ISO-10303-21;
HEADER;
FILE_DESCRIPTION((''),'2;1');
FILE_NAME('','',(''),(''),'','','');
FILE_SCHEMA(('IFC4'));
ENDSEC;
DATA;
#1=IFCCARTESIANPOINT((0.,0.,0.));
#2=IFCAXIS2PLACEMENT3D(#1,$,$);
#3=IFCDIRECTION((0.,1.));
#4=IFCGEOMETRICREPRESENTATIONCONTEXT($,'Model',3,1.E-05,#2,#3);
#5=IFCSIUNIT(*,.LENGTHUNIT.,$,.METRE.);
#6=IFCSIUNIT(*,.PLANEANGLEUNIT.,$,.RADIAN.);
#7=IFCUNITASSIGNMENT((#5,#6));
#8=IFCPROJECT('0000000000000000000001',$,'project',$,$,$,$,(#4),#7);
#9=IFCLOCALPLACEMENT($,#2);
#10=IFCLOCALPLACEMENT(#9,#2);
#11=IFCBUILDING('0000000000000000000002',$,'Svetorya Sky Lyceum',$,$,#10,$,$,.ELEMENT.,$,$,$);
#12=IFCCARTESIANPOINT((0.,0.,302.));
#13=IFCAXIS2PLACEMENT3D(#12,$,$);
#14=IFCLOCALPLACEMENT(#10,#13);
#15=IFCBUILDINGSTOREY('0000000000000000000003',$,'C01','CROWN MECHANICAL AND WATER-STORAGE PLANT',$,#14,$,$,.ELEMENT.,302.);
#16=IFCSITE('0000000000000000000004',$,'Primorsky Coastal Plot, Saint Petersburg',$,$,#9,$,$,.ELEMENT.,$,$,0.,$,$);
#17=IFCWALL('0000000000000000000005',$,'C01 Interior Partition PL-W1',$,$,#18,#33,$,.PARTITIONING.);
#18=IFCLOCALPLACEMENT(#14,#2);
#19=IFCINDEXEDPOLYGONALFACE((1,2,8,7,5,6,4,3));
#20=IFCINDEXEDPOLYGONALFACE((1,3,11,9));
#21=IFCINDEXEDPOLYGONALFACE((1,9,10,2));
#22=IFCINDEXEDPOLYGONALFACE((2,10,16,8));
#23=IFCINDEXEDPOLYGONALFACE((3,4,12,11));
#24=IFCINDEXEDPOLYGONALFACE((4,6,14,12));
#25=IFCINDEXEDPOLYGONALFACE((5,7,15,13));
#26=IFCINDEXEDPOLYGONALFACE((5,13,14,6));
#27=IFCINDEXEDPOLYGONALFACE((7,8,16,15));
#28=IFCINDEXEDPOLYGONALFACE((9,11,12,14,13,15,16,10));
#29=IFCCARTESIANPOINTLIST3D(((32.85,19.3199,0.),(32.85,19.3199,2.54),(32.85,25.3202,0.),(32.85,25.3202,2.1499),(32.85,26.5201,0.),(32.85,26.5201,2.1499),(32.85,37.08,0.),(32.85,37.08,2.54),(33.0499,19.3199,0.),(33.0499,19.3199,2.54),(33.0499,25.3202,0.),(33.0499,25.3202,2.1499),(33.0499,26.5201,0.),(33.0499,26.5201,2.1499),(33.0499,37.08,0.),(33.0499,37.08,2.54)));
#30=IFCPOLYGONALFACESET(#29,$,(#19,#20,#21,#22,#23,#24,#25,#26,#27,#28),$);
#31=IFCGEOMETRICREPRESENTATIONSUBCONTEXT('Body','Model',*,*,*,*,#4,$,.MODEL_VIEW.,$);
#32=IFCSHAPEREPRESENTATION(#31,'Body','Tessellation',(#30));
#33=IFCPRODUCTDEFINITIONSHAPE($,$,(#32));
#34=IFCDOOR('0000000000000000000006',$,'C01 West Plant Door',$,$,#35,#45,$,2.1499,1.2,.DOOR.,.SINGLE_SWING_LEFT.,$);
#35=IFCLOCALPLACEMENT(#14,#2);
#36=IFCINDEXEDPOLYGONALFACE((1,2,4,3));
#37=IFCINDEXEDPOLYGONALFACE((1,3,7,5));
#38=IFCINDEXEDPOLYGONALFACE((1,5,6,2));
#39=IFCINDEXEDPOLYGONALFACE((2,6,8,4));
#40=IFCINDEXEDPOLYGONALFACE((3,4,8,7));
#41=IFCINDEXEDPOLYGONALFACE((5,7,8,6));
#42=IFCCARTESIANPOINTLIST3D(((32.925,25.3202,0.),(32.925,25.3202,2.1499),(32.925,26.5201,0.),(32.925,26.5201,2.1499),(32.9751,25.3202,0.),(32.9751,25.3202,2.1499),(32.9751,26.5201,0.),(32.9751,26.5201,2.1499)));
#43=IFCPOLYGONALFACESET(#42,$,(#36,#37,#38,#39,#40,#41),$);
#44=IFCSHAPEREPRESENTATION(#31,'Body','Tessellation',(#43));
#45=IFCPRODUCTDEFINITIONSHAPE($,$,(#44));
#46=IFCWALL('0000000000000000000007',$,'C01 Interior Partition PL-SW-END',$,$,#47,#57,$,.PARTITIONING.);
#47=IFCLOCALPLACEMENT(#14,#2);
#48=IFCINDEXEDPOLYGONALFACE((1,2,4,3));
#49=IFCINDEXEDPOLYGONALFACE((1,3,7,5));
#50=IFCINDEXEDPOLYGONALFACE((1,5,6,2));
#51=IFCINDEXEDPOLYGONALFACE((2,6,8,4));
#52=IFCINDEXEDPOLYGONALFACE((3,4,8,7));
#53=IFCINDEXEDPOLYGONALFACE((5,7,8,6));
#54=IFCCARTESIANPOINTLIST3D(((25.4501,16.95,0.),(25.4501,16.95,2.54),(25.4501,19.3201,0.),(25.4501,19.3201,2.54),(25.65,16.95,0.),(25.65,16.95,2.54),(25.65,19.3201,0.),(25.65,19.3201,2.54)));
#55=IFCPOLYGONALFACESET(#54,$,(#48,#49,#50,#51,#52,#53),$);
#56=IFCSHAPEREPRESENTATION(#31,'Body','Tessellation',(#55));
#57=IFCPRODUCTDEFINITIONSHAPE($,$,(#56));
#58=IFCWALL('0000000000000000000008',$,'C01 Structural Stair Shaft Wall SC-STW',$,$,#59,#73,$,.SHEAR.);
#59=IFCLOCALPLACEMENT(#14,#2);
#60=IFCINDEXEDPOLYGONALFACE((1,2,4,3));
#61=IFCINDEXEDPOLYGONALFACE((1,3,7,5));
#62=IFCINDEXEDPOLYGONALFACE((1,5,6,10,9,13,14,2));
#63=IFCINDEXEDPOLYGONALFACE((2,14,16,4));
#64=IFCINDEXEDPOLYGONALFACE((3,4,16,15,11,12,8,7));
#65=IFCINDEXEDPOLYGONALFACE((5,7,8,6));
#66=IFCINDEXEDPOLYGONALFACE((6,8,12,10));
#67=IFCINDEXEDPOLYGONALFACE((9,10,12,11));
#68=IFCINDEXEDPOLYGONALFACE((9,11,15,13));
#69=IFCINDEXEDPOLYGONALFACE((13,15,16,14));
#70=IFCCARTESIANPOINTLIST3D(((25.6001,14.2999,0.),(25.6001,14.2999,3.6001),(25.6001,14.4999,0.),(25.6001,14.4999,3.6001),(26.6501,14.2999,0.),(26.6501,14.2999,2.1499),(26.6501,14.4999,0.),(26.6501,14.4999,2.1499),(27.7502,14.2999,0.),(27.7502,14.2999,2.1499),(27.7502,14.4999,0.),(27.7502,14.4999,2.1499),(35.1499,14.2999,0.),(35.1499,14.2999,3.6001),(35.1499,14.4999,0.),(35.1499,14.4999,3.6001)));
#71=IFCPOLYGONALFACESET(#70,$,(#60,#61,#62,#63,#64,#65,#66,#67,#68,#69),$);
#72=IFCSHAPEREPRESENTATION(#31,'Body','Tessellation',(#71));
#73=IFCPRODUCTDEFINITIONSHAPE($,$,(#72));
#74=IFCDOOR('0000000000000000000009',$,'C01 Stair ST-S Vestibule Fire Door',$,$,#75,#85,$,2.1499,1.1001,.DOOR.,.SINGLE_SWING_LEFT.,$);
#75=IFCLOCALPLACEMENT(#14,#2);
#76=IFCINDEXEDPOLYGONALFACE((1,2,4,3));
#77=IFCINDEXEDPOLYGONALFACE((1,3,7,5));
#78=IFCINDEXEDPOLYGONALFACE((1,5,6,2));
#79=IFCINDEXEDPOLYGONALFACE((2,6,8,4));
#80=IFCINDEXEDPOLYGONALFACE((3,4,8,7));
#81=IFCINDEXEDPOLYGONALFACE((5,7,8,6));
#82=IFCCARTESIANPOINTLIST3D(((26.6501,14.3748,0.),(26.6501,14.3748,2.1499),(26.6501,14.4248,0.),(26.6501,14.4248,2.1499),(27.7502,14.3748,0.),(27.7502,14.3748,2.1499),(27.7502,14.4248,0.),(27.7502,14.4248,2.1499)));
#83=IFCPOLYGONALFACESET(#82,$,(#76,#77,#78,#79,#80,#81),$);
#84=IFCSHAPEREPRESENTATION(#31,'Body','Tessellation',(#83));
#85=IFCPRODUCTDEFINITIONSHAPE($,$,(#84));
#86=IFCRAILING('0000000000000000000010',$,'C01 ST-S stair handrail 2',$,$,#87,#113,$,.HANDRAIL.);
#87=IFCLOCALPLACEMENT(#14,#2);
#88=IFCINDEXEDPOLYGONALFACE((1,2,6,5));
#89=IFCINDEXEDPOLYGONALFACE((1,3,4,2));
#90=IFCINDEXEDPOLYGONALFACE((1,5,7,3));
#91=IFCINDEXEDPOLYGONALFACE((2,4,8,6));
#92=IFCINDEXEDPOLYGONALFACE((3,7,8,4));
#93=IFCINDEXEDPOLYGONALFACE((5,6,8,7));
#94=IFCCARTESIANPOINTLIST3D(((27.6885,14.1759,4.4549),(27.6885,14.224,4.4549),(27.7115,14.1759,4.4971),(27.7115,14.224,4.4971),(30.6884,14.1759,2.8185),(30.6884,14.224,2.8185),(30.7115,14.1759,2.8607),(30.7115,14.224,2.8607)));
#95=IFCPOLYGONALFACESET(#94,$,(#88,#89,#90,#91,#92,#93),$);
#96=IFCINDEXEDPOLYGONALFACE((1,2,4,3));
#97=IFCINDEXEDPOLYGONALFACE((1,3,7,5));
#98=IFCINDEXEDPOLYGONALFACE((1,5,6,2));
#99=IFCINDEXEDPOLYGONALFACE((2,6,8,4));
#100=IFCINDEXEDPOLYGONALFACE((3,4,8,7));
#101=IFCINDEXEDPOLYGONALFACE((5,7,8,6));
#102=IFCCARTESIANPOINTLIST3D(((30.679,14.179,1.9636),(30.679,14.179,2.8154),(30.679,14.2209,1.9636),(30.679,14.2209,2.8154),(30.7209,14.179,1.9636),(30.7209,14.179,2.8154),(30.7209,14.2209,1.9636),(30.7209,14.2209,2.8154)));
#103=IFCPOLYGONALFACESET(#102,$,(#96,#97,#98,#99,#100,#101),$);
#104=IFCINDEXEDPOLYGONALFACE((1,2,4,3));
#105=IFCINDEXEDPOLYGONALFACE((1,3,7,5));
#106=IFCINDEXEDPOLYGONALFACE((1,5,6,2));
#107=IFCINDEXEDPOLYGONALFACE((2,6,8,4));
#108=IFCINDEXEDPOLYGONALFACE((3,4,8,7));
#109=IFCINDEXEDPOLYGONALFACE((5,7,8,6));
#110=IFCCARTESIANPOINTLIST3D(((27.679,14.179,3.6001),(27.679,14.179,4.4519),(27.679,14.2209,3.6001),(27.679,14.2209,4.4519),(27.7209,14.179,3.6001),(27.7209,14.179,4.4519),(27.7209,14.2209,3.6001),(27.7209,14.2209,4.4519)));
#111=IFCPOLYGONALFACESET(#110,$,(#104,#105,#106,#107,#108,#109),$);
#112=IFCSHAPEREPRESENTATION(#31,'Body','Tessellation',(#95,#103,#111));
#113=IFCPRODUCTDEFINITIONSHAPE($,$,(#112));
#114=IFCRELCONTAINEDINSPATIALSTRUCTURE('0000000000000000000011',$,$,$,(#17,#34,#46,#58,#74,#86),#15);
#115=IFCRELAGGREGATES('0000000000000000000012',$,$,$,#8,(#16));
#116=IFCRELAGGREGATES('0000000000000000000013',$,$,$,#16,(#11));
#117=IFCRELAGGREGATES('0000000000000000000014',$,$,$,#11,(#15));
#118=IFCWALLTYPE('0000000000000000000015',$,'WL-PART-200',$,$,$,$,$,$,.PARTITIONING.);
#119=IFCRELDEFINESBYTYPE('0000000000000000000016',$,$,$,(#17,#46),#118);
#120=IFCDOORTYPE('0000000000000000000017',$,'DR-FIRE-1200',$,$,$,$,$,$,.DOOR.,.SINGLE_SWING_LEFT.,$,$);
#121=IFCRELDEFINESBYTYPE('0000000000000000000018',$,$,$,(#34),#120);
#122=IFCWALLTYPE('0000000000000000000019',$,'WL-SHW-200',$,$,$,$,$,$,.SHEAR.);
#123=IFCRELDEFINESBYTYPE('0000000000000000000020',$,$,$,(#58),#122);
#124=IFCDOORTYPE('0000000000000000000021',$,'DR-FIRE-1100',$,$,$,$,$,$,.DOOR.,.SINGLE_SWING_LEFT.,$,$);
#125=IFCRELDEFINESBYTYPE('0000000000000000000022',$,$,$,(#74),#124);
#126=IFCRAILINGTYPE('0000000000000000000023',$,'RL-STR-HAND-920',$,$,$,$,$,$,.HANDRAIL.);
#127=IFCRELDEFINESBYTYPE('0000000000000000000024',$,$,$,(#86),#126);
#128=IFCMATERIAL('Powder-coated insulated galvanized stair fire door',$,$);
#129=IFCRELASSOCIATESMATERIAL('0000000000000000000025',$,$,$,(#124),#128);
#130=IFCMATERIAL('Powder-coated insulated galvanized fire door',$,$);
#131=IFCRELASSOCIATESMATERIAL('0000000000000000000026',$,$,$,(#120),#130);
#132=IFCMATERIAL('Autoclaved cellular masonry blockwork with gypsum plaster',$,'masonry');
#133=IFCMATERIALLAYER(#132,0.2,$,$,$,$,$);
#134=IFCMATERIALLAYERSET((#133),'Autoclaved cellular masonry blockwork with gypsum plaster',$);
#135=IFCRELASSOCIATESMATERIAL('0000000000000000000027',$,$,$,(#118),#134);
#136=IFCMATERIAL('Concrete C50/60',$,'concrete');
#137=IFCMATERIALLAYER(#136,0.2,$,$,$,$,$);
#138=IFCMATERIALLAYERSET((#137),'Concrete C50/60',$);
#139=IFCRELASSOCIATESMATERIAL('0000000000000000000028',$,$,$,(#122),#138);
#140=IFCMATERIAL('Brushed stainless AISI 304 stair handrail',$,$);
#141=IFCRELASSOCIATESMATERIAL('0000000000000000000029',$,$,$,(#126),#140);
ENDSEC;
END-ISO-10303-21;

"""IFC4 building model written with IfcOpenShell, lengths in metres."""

from ifc_helpers import new_model, si_unit, direction, frame, frame_2d, origin, origin_2d, place, context, subcontext, project, spatial, rectangle, extrude, material, layer, layer_set, type_object, element, fill, save


model = new_model("IFC4")

# Units and contexts
model_context = context("Model", 3, precision=1e-05, world=origin(), true_north=direction((0.0, 1.0)))
body_context = subcontext(model_context, "Body", "Model", "MODEL_VIEW")
ifc_project = project(units=[si_unit("LENGTHUNIT", "METRE"), si_unit("PLANEANGLEUNIT", "RADIAN")], contexts=[model_context])

# Site, building, storey
site_placement = place(None, origin())
site = spatial("IfcSite", under=ifc_project, at=site_placement, Name="Primorsky Coastal Plot, Saint Petersburg", CompositionType="ELEMENT", RefElevation=0.0)
building_placement = place(site_placement, origin())
building = spatial("IfcBuilding", under=site, at=building_placement, Name="Svetorya Sky Lyceum", CompositionType="ELEMENT")
storey_placement = place(building_placement, frame((0.0, 0.0, 302.0)))
storey = spatial("IfcBuildingStorey", under=building, at=storey_placement, Name="C01", Description="CROWN MECHANICAL AND WATER-STORAGE PLANT", CompositionType="ELEMENT", Elevation=302.0)

# Shared definitions
ifc_material_1 = material(Name="Powder-coated insulated galvanized stair fire door")
door_type_1 = type_object("IfcDoorType", Name="DR-FIRE-1100", OperationType="SINGLE_SWING_LEFT", PredefinedType="DOOR", material=ifc_material_1)
ifc_material_2 = material(Name="Powder-coated insulated galvanized fire door")
door_type_2 = type_object("IfcDoorType", Name="DR-FIRE-1200", OperationType="SINGLE_SWING_LEFT", PredefinedType="DOOR", material=ifc_material_2)

# Wall, opening, door
ifc_material_3 = material(Name="Autoclaved cellular masonry blockwork with gypsum plaster", Category="masonry")
ifc_layer_1 = layer(ifc_material_3, 0.2)
ifc_layer_set_1 = layer_set([ifc_layer_1], Name="Autoclaved cellular masonry blockwork with gypsum plaster")
wall_type_1 = type_object("IfcWallType", Name="WL-PART-200", PredefinedType="PARTITIONING", material=ifc_layer_set_1)
wall_1_placement = place(storey_placement, frame((32.95, 19.3201, 0.0), z_axis=(0.0, 0.0, 1.0), x_axis=(0.0, 1.0, 0.0)))
wall_1 = element("IfcWall", 1, at=wall_1_placement, inside=storey, type_object=wall_type_1, Name="C01 Interior Partition PL-W1", PredefinedType="PARTITIONING", context=body_context, shape_type="SweptSolid", body=[
    extrude(rectangle(XDim=17.76, YDim=0.2, at=frame_2d((8.8799, 0.0))), origin(), (0.0, 0.0, 1.0), 2.54),
])
opening_1_placement = place(wall_1_placement, frame((6.0, 0.0, 0.0)))
opening_1 = element("IfcOpeningElement", 2, at=opening_1_placement, cuts=wall_1, PredefinedType="OPENING", context=body_context, shape_type="SweptSolid", body=[
    extrude(rectangle(XDim=1.2, YDim=2.1499, at=frame_2d((0.6001, 1.075))), frame((0.0, 0.1099, 0.0), z_axis=(0.0, -1.0, 0.0), x_axis=(1.0, 0.0, 0.0)), (0.0, 0.0, 1.0), 0.22),
])
door_1_placement = place(opening_1_placement, origin())
door_1 = element("IfcDoor", 3, at=door_1_placement, inside=storey, type_object=door_type_2, Name="C01 West Plant Door", OperationType="SINGLE_SWING_LEFT", OverallHeight=2.1499, OverallWidth=1.2, PredefinedType="DOOR", context=body_context, shape_type="SweptSolid", body=[
    extrude(rectangle(XDim=1.2, YDim=2.1499, at=frame_2d((0.6001, 1.075))), frame((0.0, 0.0249, 0.0), z_axis=(0.0, -1.0, 0.0), x_axis=(1.0, 0.0, 0.0)), (0.0, 0.0, 1.0), 0.05),
])
fill(opening_1, door_1)

# Wall
wall_2_placement = place(storey_placement, frame((25.55, 16.95, 0.0), z_axis=(0.0, 0.0, 1.0), x_axis=(0.0, 1.0, 0.0)))
element("IfcWall", 4, at=wall_2_placement, inside=storey, type_object=wall_type_1, Name="C01 Interior Partition PL-SW-END", PredefinedType="PARTITIONING", context=body_context, shape_type="SweptSolid", body=[
    extrude(rectangle(XDim=2.3701, YDim=0.2, at=frame_2d((1.1851, 0.0))), origin(), (0.0, 0.0, 1.0), 2.54),
])

# Wall, opening, door
ifc_material_4 = material(Name="Concrete C50/60", Category="concrete")
ifc_layer_2 = layer(ifc_material_4, 0.2)
ifc_layer_set_2 = layer_set([ifc_layer_2], Name="Concrete C50/60")
wall_type_2 = type_object("IfcWallType", Name="WL-SHW-200", PredefinedType="SHEAR", material=ifc_layer_set_2)
wall_3_placement = place(storey_placement, frame((25.6001, 14.3999, 0.0), z_axis=(0.0, 0.0, 1.0), x_axis=(1.0, 0.0, 0.0)))
wall_3 = element("IfcWall", 5, at=wall_3_placement, inside=storey, type_object=wall_type_2, Name="C01 Structural Stair Shaft Wall SC-STW", PredefinedType="SHEAR", context=body_context, shape_type="SweptSolid", body=[
    extrude(rectangle(XDim=9.5498, YDim=0.2, at=frame_2d((4.7749, 0.0))), origin(), (0.0, 0.0, 1.0), 3.6001),
])
opening_2_placement = place(wall_3_placement, frame((1.05, 0.0, 0.0)))
opening_2 = element("IfcOpeningElement", 6, at=opening_2_placement, cuts=wall_3, PredefinedType="OPENING", context=body_context, shape_type="SweptSolid", body=[
    extrude(rectangle(XDim=1.1001, YDim=2.1499, at=frame_2d((0.55, 1.075))), frame((0.0, 0.1099, 0.0), z_axis=(0.0, -1.0, 0.0), x_axis=(1.0, 0.0, 0.0)), (0.0, 0.0, 1.0), 0.22),
])
door_2_placement = place(opening_2_placement, origin())
door_2 = element("IfcDoor", 7, at=door_2_placement, inside=storey, type_object=door_type_1, Name="C01 Stair ST-S Vestibule Fire Door", OperationType="SINGLE_SWING_LEFT", OverallHeight=2.1499, OverallWidth=1.1001, PredefinedType="DOOR", context=body_context, shape_type="SweptSolid", body=[
    extrude(rectangle(XDim=1.1001, YDim=2.1499, at=frame_2d((0.55, 1.075))), frame((0.0, 0.0249, 0.0), z_axis=(0.0, -1.0, 0.0), x_axis=(1.0, 0.0, 0.0)), (0.0, 0.0, 1.0), 0.05),
])
fill(opening_2, door_2)

# Railing
ifc_material_5 = material(Name="Brushed stainless AISI 304 stair handrail")
railing_type = type_object("IfcRailingType", Name="RL-STR-HAND-920", PredefinedType="HANDRAIL", material=ifc_material_5)
railing_placement = place(storey_placement, frame((30.7, 14.2, 1.9636)))
element("IfcRailing", 8, at=railing_placement, inside=storey, type_object=railing_type, Name="C01 ST-S stair handrail 2", PredefinedType="HANDRAIL", context=body_context, shape_type="SweptSolid", body=[
    extrude(rectangle(XDim=0.0481, YDim=0.0481, at=origin_2d()), frame((0.0, 0.0, 0.876), z_axis=(-0.877882, 0.0, 0.478877), x_axis=(0.0, -1.0, 0.0)), (0.0, 0.0, 1.0), 3.4172),
    extrude(rectangle(XDim=0.042, YDim=0.042, at=origin_2d()), origin(), (0.0, 0.0, 1.0), 0.8518),
    extrude(rectangle(XDim=0.042, YDim=0.042, at=origin_2d()), frame((-3.0, 0.0, 1.6365)), (0.0, 0.0, 1.0), 0.8518),
])

save(model, "model.ifc")
